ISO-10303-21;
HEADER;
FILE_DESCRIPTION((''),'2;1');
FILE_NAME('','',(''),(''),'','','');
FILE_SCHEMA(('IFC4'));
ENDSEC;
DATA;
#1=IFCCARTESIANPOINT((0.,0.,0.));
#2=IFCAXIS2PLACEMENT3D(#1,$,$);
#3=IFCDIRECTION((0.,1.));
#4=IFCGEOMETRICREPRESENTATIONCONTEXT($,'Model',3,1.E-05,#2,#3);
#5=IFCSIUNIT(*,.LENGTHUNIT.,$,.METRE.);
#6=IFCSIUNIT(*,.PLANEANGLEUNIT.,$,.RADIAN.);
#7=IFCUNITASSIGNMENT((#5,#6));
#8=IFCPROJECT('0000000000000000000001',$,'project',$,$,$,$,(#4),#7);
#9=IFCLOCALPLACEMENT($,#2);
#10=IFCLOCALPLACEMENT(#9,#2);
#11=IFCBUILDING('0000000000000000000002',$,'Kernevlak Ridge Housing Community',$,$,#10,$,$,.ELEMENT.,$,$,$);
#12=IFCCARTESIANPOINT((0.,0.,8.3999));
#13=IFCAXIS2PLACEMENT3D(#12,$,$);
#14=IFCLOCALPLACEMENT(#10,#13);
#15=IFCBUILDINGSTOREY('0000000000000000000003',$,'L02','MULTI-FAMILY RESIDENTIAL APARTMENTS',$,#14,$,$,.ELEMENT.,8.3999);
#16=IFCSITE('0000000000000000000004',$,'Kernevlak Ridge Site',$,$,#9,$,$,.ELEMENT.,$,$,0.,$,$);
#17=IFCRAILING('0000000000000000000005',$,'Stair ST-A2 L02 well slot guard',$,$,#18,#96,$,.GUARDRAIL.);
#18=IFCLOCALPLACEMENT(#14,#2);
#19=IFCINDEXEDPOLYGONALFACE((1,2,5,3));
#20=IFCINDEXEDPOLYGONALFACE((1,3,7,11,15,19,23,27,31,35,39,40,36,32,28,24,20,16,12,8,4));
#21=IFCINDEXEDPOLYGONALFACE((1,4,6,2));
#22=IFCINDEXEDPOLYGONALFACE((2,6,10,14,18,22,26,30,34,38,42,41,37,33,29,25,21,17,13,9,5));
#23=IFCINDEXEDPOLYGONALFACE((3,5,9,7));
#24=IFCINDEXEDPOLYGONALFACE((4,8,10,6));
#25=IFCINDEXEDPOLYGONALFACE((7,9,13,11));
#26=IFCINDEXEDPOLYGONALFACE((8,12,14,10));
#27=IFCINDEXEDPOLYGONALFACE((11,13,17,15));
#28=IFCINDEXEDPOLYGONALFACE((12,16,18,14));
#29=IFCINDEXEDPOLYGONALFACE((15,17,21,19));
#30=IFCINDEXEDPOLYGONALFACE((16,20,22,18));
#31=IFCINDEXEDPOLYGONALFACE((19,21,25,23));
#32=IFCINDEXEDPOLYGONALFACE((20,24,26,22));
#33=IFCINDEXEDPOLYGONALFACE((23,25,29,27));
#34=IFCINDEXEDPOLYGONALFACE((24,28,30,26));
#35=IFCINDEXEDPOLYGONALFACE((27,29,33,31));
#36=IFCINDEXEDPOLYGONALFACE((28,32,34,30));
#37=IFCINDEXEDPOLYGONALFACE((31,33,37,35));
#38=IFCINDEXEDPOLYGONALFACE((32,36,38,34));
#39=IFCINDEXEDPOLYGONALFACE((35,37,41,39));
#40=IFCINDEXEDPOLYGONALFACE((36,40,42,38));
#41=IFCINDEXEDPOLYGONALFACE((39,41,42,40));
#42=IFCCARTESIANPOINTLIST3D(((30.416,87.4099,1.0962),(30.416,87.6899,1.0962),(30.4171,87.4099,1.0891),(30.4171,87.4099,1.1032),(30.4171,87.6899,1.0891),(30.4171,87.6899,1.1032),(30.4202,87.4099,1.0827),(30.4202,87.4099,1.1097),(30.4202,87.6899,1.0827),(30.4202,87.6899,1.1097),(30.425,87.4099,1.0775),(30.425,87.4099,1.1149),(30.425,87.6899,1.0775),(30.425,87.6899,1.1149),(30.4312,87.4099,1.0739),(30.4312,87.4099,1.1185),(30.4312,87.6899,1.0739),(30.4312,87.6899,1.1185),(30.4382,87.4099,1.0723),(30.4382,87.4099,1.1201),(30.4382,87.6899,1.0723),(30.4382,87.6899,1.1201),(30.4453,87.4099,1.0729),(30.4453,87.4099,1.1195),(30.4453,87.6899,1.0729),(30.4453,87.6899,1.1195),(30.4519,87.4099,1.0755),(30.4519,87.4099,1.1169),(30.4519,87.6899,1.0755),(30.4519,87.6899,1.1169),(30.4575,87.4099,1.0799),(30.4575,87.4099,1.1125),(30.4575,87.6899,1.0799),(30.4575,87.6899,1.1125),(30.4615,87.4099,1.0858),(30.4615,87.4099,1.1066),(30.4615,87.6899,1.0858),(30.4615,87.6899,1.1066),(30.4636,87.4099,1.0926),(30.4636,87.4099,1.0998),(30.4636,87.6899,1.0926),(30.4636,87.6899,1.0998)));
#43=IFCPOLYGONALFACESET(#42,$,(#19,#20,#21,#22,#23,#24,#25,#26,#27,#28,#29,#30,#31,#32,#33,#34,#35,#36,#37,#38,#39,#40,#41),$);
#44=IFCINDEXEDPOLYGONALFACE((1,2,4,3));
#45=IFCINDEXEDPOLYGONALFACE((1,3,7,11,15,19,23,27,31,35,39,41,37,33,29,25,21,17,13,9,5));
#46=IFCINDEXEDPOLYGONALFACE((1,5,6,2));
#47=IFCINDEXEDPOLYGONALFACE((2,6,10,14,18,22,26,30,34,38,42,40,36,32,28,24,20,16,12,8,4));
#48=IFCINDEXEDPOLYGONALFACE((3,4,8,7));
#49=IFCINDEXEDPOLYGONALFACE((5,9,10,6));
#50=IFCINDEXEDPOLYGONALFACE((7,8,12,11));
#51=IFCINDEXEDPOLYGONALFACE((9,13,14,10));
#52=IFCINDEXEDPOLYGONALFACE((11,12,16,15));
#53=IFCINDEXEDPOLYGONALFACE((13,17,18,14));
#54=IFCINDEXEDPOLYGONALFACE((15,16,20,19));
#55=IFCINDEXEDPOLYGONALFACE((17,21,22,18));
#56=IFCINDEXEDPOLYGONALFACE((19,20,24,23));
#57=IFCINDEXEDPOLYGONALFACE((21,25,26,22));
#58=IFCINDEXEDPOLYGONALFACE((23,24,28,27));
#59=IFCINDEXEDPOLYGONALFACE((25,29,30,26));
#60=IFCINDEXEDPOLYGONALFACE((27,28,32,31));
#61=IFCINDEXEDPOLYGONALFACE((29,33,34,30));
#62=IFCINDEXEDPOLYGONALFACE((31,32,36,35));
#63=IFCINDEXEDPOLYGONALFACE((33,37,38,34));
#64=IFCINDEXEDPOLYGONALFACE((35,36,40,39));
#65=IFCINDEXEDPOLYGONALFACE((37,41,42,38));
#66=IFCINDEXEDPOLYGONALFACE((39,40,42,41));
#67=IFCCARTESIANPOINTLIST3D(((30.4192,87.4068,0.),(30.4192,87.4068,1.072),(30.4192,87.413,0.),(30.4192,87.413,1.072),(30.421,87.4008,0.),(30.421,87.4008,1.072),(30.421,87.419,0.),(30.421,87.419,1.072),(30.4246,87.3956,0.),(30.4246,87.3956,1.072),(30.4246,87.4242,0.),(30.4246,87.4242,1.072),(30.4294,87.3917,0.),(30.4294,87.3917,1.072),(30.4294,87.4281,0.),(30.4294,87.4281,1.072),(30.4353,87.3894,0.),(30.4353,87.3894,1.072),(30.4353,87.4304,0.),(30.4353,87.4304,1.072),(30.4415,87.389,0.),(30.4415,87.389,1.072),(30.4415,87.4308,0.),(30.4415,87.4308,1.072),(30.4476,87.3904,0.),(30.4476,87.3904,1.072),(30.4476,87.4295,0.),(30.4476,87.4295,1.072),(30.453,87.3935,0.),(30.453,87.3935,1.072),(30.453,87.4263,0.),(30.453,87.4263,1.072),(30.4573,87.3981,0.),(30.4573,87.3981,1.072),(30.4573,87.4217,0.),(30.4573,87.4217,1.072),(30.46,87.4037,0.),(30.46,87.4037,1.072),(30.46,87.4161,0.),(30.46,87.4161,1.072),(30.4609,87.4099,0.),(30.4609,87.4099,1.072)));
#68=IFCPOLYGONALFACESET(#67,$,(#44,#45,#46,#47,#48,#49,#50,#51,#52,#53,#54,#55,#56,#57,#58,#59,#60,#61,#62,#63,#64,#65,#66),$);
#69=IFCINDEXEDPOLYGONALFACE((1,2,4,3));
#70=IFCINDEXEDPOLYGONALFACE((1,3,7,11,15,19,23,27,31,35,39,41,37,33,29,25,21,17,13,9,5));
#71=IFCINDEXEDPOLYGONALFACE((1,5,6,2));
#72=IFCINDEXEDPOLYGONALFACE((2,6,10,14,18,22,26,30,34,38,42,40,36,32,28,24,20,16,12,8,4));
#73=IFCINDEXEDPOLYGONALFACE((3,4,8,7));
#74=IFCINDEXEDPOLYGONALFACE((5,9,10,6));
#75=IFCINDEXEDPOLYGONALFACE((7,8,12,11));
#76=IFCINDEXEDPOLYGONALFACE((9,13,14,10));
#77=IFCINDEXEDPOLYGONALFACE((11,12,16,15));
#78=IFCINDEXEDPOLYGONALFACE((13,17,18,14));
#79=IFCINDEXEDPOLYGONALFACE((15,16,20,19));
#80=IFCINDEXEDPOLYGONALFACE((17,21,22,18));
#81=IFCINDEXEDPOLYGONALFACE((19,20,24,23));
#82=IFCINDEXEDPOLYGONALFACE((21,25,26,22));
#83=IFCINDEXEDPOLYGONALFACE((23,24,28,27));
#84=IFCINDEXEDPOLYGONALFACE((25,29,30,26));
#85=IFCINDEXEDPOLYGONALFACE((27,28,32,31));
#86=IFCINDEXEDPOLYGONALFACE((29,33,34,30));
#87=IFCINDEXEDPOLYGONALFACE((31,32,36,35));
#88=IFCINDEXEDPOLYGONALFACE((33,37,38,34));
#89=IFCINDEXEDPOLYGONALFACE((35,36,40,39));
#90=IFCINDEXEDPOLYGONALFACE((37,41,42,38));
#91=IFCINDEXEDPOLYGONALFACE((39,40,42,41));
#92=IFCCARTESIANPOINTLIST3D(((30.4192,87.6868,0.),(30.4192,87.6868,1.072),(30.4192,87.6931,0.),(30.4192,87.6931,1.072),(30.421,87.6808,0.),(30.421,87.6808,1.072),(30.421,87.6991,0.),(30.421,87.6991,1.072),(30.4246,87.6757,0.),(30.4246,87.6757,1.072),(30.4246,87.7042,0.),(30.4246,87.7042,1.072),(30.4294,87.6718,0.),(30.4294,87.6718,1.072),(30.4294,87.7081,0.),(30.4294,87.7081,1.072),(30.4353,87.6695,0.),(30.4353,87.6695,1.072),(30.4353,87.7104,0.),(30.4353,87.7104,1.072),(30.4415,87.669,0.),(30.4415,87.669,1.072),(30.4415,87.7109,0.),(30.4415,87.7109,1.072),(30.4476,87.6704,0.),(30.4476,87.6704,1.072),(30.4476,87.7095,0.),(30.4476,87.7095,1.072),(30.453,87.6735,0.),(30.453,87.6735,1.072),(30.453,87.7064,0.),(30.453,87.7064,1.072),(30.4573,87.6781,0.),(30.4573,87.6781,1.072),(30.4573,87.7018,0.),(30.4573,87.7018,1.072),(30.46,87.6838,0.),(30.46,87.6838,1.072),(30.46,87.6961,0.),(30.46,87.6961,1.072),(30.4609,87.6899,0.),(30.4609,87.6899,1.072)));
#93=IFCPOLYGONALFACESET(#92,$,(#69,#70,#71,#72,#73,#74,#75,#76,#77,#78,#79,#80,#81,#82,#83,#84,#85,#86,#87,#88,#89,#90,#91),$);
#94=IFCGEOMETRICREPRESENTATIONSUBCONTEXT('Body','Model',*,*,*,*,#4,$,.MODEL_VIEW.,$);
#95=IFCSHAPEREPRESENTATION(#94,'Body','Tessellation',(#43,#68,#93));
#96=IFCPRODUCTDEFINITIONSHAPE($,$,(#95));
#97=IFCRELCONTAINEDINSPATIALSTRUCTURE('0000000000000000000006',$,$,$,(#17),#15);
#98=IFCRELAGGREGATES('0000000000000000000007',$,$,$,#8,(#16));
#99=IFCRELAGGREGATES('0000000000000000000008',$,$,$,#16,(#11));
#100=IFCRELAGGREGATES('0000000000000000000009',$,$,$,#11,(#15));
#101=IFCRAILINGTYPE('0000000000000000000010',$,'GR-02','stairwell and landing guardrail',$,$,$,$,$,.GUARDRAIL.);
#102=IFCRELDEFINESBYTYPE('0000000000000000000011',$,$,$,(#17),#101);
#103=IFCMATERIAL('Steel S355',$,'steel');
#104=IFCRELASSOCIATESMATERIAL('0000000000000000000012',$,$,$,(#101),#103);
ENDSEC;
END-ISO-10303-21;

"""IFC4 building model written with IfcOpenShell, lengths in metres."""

from ifc_helpers import new_model, si_unit, direction, frame, origin, origin_2d, place, context, subcontext, project, spatial, circle, extrude, material, type_object, element, save


model = new_model("IFC4")

# Units and contexts
model_context = context("Model", 3, precision=1e-05, world=origin(), true_north=direction((0.0, 1.0)))
body_context = subcontext(model_context, "Body", "Model", "MODEL_VIEW")
ifc_project = project(units=[si_unit("LENGTHUNIT", "METRE"), si_unit("PLANEANGLEUNIT", "RADIAN")], contexts=[model_context])

# Site, building, storey
site_placement = place(None, origin())
site = spatial("IfcSite", under=ifc_project, at=site_placement, Name="Kernevlak Ridge Site", CompositionType="ELEMENT", RefElevation=0.0)
building_placement = place(site_placement, origin())
building = spatial("IfcBuilding", under=site, at=building_placement, Name="Kernevlak Ridge Housing Community", CompositionType="ELEMENT")
storey_placement = place(building_placement, frame((0.0, 0.0, 8.3999)))
storey = spatial("IfcBuildingStorey", under=building, at=storey_placement, Name="L02", Description="MULTI-FAMILY RESIDENTIAL APARTMENTS", CompositionType="ELEMENT", Elevation=8.3999)

# Railing
ifc_material_1 = material(Name="Steel S355", Category="steel")
railing_type_1 = type_object("IfcRailingType", Name="GR-02", Description="stairwell and landing guardrail", PredefinedType="GUARDRAIL", material=ifc_material_1)
railing_1_placement = place(storey_placement, frame((30.4399, 87.4099, 0.0)))
element("IfcRailing", 1, at=railing_1_placement, inside=storey, type_object=railing_type_1, Name="Stair ST-A2 L02 well slot guard", PredefinedType="GUARDRAIL", context=body_context, shape_type="SweptSolid", body=[
    extrude(circle(Radius=0.0239, at=origin_2d()), frame((0.0, 0.0, 1.0962), z_axis=(0.0, 1.0, 0.0), x_axis=(-1.0, 0.0, 0.0)), (0.0, 0.0, 1.0), 0.28),
    extrude(circle(Radius=0.021, at=origin_2d()), origin(), (0.0, 0.0, 1.0), 1.072),
    extrude(circle(Radius=0.021, at=origin_2d()), frame((0.0, 0.28, 0.0)), (0.0, 0.0, 1.0), 1.072),
])

save(model, "model.ifc")
